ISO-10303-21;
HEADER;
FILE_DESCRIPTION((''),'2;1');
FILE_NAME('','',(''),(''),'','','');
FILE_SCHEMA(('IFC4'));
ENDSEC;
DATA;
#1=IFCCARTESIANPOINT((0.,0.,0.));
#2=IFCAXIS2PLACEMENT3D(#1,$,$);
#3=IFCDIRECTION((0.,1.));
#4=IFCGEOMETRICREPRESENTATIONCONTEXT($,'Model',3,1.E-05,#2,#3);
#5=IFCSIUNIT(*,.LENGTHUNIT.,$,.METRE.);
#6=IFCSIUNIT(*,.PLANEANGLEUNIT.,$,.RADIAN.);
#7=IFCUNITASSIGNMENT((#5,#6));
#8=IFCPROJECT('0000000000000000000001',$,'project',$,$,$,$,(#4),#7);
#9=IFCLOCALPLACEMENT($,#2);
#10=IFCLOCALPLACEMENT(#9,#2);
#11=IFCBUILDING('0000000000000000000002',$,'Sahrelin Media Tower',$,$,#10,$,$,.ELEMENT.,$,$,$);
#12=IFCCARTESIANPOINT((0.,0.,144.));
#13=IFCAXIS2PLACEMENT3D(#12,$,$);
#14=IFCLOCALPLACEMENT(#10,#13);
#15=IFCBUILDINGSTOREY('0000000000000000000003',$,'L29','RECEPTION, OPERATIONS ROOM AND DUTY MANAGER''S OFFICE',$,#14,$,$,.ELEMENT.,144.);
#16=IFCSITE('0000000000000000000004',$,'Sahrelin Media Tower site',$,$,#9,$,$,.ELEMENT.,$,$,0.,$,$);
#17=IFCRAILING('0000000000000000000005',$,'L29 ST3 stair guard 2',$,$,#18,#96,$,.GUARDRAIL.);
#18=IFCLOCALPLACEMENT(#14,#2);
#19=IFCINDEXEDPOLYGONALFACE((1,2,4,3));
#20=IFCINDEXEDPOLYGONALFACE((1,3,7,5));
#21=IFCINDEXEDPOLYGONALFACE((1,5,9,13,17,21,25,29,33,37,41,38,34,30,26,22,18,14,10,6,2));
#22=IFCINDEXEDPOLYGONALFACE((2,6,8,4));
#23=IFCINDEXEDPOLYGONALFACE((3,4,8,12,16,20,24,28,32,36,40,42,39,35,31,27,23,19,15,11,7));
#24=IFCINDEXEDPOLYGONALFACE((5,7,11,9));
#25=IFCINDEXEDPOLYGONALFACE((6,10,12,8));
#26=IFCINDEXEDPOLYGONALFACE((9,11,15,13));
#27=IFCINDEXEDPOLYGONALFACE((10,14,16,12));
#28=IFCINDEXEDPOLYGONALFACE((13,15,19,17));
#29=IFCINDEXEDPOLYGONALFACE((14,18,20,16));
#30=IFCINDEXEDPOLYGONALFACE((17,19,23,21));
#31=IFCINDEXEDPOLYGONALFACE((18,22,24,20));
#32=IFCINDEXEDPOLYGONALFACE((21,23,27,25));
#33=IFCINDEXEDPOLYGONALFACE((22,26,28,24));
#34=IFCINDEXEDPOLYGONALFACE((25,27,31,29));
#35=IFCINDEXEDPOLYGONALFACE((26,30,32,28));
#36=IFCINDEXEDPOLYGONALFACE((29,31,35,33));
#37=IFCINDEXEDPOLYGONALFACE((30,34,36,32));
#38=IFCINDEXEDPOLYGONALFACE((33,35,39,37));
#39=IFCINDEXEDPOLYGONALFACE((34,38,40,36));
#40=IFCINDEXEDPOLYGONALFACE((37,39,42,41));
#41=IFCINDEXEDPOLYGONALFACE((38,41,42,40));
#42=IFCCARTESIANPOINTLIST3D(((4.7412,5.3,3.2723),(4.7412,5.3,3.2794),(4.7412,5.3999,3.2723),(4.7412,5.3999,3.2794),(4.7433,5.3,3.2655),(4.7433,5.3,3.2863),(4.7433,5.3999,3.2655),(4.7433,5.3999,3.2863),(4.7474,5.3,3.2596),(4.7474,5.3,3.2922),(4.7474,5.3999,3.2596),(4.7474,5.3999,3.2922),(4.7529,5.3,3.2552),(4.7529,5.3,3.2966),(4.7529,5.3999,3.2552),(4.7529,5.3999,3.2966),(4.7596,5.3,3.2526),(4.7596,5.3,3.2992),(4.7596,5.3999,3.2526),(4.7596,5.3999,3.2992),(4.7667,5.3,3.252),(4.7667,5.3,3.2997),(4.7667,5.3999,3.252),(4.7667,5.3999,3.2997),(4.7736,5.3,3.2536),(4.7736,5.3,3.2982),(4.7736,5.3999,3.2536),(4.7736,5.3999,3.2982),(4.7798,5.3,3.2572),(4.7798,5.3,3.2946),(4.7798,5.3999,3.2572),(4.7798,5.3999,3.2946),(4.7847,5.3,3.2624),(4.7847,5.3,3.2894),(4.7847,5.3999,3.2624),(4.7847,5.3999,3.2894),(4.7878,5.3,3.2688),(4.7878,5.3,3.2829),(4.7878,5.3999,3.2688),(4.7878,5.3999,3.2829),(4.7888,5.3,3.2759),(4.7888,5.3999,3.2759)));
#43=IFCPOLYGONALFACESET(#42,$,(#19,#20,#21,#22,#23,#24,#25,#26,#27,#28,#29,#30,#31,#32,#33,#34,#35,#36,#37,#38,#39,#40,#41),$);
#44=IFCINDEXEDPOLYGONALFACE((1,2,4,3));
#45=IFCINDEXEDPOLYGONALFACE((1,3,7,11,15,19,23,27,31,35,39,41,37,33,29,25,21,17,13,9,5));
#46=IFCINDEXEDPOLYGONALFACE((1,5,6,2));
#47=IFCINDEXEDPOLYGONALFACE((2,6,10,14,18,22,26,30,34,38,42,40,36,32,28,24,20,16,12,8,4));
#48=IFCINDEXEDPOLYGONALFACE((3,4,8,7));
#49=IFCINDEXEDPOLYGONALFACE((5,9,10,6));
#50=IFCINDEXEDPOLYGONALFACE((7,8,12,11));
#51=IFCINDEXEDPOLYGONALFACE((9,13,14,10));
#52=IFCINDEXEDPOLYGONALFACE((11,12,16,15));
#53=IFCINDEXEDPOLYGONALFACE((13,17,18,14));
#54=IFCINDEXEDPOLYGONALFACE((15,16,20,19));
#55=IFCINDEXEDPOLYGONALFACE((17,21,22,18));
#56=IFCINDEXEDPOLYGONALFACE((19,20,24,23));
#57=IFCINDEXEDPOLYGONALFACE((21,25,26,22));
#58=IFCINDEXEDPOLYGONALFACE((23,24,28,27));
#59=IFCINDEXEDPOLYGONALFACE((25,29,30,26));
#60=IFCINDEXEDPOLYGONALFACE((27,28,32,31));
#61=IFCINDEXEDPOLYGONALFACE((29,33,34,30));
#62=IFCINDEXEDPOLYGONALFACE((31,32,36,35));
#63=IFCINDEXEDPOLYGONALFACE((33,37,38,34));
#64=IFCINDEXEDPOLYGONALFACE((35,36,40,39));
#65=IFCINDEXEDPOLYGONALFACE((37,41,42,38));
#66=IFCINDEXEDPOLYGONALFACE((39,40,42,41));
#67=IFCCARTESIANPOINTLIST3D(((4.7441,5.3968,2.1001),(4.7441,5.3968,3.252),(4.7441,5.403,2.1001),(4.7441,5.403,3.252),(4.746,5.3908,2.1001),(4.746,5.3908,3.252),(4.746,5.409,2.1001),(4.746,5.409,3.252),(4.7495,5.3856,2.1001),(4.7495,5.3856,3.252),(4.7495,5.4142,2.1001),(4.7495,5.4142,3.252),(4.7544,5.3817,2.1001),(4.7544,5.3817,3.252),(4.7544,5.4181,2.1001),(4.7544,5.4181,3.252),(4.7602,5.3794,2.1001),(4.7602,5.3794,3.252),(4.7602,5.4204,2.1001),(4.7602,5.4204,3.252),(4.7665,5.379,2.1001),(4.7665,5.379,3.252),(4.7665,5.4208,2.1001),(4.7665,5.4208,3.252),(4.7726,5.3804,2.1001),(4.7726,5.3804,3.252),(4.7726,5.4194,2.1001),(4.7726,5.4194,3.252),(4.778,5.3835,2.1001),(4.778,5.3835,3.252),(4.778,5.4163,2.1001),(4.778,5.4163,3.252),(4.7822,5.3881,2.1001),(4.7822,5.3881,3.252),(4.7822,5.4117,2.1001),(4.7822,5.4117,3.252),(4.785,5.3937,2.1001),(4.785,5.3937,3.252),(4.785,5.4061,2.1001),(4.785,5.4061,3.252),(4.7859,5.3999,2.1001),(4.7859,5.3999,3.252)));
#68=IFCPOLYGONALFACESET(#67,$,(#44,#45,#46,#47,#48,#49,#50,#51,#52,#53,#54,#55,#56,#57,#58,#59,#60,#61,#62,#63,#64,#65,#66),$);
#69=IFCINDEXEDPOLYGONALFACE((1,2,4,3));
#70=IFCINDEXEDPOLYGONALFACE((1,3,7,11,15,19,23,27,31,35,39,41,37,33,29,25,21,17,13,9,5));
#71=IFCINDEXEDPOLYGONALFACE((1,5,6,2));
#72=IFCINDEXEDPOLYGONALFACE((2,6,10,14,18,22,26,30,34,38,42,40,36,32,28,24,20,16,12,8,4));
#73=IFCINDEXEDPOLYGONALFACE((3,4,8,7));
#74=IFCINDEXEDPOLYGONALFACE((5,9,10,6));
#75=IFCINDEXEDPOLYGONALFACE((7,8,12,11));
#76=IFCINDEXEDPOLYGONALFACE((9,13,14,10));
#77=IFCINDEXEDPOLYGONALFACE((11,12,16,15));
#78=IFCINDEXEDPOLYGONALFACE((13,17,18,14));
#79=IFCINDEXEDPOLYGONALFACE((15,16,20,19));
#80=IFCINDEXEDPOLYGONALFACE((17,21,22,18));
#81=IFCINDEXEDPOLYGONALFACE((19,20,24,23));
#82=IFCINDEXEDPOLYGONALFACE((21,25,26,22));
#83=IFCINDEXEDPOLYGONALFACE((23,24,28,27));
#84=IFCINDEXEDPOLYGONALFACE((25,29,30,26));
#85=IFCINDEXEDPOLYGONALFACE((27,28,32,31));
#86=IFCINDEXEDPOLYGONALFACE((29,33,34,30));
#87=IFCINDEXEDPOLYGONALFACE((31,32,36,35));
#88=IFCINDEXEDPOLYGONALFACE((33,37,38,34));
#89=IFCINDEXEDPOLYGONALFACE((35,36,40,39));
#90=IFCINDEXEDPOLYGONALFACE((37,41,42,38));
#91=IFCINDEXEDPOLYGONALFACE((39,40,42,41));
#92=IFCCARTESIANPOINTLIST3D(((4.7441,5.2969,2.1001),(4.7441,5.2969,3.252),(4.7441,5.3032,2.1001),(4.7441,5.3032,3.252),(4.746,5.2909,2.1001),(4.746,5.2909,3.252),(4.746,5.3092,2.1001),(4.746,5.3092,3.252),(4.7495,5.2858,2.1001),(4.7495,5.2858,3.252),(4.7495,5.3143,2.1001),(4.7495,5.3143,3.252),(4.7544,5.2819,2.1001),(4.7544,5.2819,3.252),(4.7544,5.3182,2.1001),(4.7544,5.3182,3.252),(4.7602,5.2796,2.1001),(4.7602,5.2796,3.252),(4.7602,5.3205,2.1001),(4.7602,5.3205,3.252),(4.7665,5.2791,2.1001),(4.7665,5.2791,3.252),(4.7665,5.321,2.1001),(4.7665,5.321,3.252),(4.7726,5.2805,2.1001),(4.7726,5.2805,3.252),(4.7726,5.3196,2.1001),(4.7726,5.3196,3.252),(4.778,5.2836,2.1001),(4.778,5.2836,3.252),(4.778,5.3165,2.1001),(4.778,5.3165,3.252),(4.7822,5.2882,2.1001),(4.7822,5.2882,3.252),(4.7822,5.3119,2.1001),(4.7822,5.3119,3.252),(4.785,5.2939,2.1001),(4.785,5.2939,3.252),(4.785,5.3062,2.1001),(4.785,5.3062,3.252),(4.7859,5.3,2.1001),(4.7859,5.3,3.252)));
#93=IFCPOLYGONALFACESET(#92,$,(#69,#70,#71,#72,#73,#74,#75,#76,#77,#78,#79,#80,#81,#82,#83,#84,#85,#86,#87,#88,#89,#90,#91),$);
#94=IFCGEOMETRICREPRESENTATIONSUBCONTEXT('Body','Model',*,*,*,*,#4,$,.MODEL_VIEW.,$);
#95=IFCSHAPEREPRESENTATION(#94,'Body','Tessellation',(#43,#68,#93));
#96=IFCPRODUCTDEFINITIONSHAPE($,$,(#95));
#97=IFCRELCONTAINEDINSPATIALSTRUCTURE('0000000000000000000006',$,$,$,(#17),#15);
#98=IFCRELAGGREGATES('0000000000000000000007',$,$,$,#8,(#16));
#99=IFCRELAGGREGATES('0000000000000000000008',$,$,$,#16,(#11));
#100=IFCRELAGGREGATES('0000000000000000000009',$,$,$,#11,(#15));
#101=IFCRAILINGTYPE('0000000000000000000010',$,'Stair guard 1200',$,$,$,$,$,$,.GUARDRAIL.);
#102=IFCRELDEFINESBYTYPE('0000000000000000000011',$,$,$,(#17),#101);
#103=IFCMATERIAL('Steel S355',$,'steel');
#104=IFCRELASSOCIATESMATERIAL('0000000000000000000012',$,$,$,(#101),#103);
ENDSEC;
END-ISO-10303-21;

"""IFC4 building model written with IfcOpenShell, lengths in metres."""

from ifc_helpers import new_model, si_unit, direction, frame, origin, origin_2d, place, context, subcontext, project, spatial, circle, extrude, material, type_object, element, save


model = new_model("IFC4")

# Units and contexts
model_context = context("Model", 3, precision=1e-05, world=origin(), true_north=direction((0.0, 1.0)))
body_context = subcontext(model_context, "Body", "Model", "MODEL_VIEW")
ifc_project = project(units=[si_unit("LENGTHUNIT", "METRE"), si_unit("PLANEANGLEUNIT", "RADIAN")], contexts=[model_context])

# Site, building, storey
site_placement = place(None, origin())
site = spatial("IfcSite", under=ifc_project, at=site_placement, Name="Sahrelin Media Tower site", CompositionType="ELEMENT", RefElevation=0.0)
building_placement = place(site_placement, origin())
building = spatial("IfcBuilding", under=site, at=building_placement, Name="Sahrelin Media Tower", CompositionType="ELEMENT")
storey_placement = place(building_placement, frame((0.0, 0.0, 144.0)))
storey = spatial("IfcBuildingStorey", under=building, at=storey_placement, Name="L29", Description="RECEPTION, OPERATIONS ROOM AND DUTY MANAGER'S OFFICE", CompositionType="ELEMENT", Elevation=144.0)

# Shared definitions
ifc_material_1 = material(Name="Steel S355", Category="steel")

# Railing
railing_type_1 = type_object("IfcRailingType", Name="Stair guard 1200", PredefinedType="GUARDRAIL", material=ifc_material_1)
railing_1_placement = place(storey_placement, frame((4.7649, 5.3999, 2.1001)))
element("IfcRailing", 1, at=railing_1_placement, inside=storey, type_object=railing_type_1, Name="L29 ST3 stair guard 2", PredefinedType="GUARDRAIL", context=body_context, shape_type="SweptSolid", body=[
    extrude(circle(Radius=0.0239, at=origin_2d()), frame((0.0, 0.0, 1.1758), z_axis=(0.0, -1.0, 0.0), x_axis=(1.0, 0.0, 0.0)), (0.0, 0.0, 1.0), 0.0999),
    extrude(circle(Radius=0.021, at=origin_2d()), origin(), (0.0, 0.0, 1.0), 1.1519),
    extrude(circle(Radius=0.021, at=origin_2d()), frame((0.0, -0.0999, 0.0)), (0.0, 0.0, 1.0), 1.1519),
])

save(model, "model.ifc")
